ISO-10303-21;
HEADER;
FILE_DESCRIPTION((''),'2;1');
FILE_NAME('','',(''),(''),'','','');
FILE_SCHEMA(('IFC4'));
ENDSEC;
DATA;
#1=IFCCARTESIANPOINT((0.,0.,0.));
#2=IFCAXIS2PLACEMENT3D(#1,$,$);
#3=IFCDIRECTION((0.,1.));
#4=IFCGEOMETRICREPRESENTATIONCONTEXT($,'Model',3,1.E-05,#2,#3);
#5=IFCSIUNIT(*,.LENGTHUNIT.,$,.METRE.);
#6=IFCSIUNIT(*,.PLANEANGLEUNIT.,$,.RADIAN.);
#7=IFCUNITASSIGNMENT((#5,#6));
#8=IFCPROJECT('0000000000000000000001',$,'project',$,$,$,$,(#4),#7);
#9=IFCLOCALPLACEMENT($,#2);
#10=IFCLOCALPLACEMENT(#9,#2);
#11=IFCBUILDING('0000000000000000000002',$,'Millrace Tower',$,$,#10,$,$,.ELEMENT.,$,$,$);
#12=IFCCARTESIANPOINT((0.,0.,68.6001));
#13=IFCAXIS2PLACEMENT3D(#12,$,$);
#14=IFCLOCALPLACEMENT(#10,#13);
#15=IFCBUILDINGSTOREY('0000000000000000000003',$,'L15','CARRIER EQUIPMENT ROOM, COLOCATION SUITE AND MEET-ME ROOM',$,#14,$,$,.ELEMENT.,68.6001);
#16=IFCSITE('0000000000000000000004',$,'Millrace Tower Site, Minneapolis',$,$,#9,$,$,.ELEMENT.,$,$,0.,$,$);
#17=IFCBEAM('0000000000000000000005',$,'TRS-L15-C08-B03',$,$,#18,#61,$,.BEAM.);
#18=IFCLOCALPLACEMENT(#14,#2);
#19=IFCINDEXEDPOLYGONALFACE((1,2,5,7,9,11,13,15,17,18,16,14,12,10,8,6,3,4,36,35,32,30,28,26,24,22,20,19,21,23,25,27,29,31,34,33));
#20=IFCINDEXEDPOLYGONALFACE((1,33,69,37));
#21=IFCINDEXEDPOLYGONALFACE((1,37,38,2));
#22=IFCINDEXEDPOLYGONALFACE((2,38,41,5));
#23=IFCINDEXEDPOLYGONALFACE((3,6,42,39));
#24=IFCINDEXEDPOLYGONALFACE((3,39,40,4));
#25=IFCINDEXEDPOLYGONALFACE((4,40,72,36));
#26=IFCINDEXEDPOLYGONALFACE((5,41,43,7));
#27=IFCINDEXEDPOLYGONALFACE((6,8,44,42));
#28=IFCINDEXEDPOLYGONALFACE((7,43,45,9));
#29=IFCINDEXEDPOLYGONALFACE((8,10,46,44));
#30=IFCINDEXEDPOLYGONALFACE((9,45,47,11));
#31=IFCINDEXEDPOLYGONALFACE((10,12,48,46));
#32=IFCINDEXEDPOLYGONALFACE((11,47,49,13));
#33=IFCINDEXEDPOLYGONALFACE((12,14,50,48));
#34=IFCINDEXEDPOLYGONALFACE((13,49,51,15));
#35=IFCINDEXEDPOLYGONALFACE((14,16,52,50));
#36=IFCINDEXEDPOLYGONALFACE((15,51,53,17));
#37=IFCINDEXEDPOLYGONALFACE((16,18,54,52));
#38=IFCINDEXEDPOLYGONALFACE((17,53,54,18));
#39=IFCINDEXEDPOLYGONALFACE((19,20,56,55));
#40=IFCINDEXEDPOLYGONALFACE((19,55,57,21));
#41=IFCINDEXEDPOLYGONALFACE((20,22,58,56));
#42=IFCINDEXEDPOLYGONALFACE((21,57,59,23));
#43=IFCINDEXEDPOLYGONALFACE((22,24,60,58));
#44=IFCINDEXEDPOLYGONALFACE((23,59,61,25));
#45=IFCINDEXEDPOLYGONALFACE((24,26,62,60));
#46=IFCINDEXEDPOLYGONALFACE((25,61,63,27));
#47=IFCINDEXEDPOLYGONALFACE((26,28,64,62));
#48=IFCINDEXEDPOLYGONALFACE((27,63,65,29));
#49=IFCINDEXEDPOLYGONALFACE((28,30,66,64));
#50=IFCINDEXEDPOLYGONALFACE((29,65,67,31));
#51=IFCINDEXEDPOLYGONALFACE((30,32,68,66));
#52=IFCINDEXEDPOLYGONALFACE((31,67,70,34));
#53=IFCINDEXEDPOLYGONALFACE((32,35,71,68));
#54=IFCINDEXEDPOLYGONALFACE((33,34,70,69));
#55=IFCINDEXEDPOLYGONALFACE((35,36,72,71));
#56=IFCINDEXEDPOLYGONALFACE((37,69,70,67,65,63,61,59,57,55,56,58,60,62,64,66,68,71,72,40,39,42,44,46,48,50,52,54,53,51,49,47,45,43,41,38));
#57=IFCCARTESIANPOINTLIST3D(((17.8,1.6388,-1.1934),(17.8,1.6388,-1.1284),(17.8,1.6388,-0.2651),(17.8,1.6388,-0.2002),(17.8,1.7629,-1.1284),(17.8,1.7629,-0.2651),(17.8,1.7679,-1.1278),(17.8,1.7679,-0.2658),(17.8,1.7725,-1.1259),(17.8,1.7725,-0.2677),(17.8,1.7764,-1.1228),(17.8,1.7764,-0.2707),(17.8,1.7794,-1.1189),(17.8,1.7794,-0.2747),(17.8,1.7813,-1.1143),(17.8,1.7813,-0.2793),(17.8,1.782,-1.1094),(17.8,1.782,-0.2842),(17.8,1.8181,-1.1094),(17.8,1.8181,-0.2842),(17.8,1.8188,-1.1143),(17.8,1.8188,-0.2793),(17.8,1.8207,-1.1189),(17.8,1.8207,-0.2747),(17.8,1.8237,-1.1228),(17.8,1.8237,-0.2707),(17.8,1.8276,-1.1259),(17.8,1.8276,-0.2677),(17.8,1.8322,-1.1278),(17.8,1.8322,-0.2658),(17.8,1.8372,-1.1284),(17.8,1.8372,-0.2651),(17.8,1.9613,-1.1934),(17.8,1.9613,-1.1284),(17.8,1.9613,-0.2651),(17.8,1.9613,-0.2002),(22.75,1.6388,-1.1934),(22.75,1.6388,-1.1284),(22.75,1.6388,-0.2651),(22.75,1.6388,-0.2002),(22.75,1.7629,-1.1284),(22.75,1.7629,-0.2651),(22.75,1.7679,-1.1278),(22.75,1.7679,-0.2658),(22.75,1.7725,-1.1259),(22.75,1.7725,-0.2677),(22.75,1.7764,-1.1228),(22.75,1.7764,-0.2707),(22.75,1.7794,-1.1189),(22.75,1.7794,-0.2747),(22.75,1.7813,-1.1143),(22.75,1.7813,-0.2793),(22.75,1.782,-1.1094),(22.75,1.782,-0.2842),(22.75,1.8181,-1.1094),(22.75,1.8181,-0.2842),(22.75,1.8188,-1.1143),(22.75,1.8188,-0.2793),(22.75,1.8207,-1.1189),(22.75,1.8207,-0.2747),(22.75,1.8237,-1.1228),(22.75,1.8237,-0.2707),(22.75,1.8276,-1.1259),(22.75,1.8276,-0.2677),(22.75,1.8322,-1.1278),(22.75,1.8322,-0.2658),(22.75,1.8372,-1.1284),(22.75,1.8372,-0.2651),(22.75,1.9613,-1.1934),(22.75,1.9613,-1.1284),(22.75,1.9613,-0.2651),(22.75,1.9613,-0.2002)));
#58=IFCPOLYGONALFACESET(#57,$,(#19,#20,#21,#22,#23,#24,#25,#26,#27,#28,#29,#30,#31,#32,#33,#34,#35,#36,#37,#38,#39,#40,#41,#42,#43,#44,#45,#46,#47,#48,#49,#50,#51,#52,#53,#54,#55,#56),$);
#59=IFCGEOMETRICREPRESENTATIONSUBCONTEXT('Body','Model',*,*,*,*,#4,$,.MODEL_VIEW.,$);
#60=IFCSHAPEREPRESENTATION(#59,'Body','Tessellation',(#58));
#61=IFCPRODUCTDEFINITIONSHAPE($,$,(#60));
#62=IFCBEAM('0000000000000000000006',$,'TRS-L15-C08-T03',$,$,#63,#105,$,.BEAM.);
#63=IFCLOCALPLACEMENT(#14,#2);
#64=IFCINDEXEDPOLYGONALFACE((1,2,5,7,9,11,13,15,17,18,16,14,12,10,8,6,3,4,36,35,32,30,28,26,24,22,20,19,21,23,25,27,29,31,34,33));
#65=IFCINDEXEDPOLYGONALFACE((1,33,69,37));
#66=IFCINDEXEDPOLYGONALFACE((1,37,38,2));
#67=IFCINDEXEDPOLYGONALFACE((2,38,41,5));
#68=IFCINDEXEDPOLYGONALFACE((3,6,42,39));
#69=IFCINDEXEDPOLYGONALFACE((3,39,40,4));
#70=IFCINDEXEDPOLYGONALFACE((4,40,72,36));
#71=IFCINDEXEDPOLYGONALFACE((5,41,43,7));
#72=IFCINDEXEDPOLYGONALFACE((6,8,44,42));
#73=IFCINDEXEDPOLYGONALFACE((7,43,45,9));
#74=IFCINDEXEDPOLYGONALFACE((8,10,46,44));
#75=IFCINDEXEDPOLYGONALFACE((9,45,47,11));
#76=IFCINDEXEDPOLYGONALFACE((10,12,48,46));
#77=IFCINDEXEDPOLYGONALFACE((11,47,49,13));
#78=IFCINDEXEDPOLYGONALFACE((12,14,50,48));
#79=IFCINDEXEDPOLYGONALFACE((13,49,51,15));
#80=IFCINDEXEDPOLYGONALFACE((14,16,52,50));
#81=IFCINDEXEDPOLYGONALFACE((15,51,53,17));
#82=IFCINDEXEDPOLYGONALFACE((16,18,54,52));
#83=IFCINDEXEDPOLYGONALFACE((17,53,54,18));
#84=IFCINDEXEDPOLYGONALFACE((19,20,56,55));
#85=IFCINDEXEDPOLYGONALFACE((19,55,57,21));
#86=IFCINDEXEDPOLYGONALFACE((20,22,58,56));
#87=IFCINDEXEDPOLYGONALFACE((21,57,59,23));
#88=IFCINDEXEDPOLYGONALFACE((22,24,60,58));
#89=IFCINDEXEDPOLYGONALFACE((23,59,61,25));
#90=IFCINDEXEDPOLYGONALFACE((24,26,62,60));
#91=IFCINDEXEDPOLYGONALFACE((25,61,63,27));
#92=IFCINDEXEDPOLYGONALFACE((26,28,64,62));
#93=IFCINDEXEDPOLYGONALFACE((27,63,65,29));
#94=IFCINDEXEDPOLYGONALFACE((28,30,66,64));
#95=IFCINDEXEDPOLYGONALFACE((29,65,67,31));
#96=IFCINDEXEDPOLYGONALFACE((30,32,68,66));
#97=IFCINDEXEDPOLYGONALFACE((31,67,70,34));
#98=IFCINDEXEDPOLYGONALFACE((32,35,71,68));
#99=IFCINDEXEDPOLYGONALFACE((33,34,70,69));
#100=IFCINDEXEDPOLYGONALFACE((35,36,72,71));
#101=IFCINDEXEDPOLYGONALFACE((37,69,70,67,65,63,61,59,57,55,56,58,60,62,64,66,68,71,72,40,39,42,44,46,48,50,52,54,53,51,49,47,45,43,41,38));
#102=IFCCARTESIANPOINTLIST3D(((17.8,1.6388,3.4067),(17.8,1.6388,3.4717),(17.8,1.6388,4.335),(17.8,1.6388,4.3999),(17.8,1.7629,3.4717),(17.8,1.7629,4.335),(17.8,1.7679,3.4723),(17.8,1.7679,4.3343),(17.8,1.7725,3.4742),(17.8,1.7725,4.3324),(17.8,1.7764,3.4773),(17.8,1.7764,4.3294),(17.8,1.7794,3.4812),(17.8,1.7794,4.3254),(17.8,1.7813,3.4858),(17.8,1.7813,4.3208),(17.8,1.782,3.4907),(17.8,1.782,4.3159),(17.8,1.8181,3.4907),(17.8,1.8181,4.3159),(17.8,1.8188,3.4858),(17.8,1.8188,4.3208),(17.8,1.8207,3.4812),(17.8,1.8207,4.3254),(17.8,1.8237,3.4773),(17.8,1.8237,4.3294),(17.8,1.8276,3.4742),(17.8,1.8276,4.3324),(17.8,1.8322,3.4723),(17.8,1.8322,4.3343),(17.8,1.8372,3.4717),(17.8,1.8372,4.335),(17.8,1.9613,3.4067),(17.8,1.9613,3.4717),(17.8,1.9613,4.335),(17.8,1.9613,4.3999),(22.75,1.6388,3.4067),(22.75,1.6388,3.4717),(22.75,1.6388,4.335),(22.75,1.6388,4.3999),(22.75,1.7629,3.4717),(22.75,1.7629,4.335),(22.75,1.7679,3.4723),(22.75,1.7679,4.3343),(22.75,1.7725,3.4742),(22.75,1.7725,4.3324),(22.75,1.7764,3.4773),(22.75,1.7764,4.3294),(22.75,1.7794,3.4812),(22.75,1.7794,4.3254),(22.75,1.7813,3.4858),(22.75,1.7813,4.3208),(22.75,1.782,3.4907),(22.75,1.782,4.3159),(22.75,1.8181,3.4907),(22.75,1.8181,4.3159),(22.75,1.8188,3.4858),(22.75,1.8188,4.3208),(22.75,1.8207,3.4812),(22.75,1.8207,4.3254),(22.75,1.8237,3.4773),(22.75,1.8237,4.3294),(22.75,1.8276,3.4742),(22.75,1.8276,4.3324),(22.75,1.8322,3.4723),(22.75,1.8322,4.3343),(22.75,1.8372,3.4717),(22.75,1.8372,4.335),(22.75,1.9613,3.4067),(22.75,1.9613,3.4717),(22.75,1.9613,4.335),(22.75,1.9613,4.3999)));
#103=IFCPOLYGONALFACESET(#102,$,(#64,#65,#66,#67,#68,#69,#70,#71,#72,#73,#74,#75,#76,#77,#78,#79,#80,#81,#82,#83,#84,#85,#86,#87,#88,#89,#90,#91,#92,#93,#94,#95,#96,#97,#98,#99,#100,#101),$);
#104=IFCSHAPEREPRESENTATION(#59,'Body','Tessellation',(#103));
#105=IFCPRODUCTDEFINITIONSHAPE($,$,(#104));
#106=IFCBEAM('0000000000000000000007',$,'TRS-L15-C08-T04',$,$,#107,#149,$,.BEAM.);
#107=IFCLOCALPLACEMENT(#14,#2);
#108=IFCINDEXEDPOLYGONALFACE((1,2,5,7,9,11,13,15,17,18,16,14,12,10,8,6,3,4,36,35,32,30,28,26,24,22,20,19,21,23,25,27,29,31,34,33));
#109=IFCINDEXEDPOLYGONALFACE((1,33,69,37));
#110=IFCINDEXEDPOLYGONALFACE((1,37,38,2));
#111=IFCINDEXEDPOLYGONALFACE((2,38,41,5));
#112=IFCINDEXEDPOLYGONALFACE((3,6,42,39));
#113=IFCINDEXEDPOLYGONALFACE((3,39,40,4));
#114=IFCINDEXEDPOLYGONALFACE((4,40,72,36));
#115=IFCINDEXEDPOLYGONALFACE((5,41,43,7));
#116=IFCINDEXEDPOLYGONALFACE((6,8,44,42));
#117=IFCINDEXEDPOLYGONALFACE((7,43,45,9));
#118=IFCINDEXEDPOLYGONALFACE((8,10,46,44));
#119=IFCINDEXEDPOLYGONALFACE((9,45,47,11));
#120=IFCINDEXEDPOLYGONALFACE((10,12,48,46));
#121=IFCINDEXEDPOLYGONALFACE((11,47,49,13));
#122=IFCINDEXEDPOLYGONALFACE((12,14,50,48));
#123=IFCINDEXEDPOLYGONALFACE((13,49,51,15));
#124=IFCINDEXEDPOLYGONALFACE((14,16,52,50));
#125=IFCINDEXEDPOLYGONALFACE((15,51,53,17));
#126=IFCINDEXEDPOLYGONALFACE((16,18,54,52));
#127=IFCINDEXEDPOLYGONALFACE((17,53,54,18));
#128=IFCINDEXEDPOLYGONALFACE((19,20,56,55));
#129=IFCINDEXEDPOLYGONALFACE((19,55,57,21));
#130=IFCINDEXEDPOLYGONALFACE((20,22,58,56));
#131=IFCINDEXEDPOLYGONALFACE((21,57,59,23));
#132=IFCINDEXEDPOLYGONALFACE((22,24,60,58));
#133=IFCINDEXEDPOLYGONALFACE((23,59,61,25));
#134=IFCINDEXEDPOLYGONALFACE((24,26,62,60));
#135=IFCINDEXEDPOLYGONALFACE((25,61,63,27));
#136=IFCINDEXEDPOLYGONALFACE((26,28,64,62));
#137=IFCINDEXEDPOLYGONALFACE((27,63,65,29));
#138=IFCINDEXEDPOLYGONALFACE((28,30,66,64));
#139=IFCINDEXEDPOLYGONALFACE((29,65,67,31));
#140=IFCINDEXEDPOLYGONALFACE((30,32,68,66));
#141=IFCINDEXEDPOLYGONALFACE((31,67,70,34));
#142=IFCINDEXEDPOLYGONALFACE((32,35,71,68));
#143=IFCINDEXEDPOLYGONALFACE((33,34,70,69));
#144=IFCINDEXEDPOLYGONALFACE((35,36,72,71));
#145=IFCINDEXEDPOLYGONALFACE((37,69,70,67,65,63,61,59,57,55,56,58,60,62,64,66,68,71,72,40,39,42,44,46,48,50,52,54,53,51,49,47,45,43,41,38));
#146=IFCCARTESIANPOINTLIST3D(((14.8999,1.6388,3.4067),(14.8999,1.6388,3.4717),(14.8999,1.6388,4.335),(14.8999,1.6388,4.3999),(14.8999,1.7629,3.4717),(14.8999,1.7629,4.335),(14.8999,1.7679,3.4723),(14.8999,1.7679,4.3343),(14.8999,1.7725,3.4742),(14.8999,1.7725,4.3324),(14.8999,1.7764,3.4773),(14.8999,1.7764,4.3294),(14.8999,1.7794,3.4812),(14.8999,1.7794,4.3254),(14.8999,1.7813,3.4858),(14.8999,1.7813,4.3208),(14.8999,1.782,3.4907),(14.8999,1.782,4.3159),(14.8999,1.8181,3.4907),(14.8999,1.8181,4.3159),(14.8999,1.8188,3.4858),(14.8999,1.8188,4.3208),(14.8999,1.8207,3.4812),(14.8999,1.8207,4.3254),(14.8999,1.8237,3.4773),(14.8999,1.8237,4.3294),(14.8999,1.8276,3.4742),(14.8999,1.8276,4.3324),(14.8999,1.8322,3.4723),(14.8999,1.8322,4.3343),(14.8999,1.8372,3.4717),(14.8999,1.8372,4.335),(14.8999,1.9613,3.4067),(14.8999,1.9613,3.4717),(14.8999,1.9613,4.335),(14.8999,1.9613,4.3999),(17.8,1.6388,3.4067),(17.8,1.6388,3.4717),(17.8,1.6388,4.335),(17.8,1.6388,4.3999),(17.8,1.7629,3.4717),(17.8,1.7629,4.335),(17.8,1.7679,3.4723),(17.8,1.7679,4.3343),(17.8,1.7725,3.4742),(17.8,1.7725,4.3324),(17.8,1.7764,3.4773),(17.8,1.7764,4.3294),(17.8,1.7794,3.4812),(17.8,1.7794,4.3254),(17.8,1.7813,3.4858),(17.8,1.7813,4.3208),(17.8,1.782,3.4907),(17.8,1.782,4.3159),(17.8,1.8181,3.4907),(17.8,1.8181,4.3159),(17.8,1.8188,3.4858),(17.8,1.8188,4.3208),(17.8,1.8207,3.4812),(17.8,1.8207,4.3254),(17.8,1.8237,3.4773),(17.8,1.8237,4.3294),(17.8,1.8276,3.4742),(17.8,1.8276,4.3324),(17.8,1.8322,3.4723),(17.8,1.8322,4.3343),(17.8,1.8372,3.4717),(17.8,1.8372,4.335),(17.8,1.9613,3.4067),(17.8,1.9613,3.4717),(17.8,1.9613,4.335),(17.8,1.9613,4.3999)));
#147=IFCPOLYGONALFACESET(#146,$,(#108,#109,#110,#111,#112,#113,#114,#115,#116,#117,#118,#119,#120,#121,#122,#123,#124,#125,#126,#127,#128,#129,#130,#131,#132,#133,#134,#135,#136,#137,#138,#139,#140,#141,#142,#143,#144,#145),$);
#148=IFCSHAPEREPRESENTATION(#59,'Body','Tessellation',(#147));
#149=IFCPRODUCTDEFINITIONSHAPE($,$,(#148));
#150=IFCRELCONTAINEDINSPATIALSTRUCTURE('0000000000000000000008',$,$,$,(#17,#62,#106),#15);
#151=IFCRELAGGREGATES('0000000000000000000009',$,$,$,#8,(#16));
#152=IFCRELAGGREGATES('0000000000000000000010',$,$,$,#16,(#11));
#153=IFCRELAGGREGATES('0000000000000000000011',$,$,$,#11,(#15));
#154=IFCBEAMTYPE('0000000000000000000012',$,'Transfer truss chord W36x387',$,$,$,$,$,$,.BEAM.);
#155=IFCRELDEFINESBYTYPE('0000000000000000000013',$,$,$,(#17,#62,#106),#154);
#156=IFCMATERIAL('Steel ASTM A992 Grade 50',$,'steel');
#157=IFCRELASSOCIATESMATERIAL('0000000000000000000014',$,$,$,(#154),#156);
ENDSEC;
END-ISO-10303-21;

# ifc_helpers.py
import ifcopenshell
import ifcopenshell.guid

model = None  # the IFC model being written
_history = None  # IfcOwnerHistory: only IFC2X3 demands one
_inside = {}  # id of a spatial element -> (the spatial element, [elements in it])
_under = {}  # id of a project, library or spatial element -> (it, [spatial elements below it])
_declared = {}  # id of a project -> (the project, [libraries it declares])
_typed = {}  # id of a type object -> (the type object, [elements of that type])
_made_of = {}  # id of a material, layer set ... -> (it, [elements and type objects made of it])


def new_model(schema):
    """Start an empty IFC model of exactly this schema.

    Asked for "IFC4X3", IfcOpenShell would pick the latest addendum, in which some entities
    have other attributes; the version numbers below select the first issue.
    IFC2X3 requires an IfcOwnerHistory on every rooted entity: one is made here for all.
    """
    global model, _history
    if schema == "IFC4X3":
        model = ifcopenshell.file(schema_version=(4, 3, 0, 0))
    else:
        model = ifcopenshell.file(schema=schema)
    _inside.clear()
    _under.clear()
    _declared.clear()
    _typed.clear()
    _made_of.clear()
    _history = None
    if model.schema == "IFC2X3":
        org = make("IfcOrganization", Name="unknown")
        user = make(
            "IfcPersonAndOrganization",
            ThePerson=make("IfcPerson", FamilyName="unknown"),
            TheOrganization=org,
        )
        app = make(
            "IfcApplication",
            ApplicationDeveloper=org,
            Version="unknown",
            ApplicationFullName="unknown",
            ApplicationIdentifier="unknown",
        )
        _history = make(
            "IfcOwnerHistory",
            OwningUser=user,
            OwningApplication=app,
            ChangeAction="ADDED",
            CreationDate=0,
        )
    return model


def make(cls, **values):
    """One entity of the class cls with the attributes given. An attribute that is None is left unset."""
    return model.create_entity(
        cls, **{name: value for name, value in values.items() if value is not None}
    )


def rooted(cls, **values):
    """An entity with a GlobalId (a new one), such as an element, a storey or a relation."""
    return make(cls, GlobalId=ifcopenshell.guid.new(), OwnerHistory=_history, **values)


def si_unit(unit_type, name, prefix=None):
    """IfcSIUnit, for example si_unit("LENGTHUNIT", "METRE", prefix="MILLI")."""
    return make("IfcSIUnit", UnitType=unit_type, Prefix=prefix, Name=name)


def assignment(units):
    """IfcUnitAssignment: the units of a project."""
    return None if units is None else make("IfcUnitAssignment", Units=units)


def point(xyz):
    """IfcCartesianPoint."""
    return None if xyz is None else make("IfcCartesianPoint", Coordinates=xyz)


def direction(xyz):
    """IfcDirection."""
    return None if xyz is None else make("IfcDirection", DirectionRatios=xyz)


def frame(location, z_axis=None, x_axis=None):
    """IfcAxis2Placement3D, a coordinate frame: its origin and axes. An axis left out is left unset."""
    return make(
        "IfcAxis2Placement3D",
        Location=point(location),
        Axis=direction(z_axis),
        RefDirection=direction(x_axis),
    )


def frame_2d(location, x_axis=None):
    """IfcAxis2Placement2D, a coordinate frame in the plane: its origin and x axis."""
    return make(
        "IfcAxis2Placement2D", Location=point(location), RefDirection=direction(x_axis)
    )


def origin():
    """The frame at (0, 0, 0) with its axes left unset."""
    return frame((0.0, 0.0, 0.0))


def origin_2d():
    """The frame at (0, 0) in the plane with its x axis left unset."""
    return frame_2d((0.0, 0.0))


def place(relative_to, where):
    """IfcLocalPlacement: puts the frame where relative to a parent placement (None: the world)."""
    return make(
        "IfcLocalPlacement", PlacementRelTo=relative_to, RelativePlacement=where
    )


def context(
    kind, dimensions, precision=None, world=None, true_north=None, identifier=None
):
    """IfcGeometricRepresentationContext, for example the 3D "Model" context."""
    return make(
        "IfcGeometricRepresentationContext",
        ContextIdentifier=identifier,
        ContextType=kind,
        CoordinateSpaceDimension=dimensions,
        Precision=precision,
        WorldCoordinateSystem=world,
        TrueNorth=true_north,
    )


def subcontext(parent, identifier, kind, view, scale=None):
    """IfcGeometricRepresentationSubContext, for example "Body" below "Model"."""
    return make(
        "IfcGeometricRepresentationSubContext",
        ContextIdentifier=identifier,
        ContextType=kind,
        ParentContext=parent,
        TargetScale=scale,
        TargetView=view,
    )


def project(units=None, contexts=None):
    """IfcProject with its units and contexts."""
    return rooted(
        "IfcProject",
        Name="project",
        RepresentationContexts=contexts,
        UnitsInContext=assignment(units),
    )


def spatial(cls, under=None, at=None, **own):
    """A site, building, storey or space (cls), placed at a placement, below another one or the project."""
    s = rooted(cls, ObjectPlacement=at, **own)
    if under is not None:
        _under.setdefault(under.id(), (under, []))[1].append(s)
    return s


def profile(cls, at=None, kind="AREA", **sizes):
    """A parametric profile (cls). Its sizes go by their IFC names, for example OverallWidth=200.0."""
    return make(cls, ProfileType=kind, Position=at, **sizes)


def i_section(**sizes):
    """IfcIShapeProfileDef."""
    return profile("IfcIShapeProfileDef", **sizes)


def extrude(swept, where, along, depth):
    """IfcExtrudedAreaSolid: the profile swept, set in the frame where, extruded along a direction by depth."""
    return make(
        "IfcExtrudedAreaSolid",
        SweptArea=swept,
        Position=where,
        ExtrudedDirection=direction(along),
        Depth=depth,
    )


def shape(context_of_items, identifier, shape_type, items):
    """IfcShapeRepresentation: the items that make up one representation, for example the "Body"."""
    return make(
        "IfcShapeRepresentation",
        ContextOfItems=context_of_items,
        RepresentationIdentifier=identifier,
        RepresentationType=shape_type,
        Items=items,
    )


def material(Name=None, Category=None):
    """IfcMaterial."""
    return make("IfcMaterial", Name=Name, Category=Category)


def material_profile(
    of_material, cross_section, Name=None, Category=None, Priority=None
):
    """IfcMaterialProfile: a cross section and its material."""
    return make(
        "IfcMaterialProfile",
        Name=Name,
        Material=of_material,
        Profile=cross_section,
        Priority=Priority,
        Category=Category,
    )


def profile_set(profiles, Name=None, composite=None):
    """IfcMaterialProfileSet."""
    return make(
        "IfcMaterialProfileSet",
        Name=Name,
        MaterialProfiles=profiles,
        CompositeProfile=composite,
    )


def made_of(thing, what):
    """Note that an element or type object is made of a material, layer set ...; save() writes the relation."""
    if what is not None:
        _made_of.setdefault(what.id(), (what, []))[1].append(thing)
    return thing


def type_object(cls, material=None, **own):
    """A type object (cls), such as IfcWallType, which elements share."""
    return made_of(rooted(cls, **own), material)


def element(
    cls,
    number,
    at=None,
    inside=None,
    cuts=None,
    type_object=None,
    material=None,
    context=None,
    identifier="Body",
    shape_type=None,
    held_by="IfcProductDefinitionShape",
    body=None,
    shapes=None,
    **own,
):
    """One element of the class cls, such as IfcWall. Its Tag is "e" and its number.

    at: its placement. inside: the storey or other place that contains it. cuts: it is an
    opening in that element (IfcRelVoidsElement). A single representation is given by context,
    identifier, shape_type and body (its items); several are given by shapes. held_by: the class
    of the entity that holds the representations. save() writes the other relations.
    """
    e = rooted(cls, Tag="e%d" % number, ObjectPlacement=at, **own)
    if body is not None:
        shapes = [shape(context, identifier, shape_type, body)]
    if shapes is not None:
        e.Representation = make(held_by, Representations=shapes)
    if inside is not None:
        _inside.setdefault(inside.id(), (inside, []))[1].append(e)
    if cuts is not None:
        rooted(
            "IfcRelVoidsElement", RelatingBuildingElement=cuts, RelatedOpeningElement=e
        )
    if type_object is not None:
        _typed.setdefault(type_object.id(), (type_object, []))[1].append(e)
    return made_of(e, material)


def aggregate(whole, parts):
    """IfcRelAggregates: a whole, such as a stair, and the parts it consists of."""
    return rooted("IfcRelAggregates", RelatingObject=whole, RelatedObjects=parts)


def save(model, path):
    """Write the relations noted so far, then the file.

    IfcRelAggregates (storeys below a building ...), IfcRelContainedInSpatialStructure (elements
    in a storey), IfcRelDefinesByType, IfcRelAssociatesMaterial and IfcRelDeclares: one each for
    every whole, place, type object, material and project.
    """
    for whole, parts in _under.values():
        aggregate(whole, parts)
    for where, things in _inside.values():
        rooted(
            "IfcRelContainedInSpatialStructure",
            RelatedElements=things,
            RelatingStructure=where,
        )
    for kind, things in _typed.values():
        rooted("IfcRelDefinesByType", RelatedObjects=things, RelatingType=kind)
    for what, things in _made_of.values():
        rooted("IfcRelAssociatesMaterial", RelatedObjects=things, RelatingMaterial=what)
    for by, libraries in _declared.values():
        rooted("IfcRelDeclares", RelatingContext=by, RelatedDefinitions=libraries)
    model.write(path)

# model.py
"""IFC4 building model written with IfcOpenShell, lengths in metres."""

from ifc_helpers import new_model, si_unit, direction, frame, origin, origin_2d, place, context, subcontext, project, spatial, i_section, extrude, material, material_profile, profile_set, type_object, element, save


model = new_model("IFC4")

# Units and contexts
model_context = context("Model", 3, precision=1e-05, world=origin(), true_north=direction((0.0, 1.0)))
body_context = subcontext(model_context, "Body", "Model", "MODEL_VIEW")
ifc_project = project(units=[si_unit("LENGTHUNIT", "METRE"), si_unit("PLANEANGLEUNIT", "RADIAN")], contexts=[model_context])

# Site, building, storey
site_placement = place(None, origin())
site = spatial("IfcSite", under=ifc_project, at=site_placement, Name="Millrace Tower Site, Minneapolis", CompositionType="ELEMENT", RefElevation=0.0)
building_placement = place(site_placement, origin())
building = spatial("IfcBuilding", under=site, at=building_placement, Name="Millrace Tower", CompositionType="ELEMENT")
storey_placement = place(building_placement, frame((0.0, 0.0, 68.6001)))
storey = spatial("IfcBuildingStorey", under=building, at=storey_placement, Name="L15", Description="CARRIER EQUIPMENT ROOM, COLOCATION SUITE AND MEET-ME ROOM", CompositionType="ELEMENT", Elevation=68.6001)

# Beams
ifc_material_1 = material(Name="Steel ASTM A992 Grade 50", Category="steel")
ifc_material_profile_1 = material_profile(ifc_material_1, i_section(OverallWidth=0.3225, OverallDepth=0.9932, WebThickness=0.0361, FlangeThickness=0.0649, FilletRadius=0.019, at=origin_2d()))
ifc_profile_set_1 = profile_set([ifc_material_profile_1], Name="Steel ASTM A992 Grade 50")
beam_type_1 = type_object("IfcBeamType", Name="Transfer truss chord W36x387", PredefinedType="BEAM", material=ifc_profile_set_1)
for number, where, z_axis, x_axis, name in (
    (1, (22.75, 1.8, -0.6968), (-1.0, 0.0, 0.0), (0.0, -1.0, 0.0), "TRS-L15-C08-B03"),
    (2, (22.75, 1.8, 3.9033), (-1.0, 0.0, 0.0), (0.0, -1.0, 0.0), "TRS-L15-C08-T03"),
):
    element("IfcBeam", number, at=place(storey_placement, frame(where, z_axis=z_axis, x_axis=x_axis)), inside=storey, type_object=beam_type_1, Name=name, PredefinedType="BEAM", context=body_context, shape_type="SweptSolid", body=[
        extrude(i_section(OverallWidth=0.3225, OverallDepth=0.9932, WebThickness=0.0361, FlangeThickness=0.0649, FilletRadius=0.019, at=origin_2d()), origin(), (0.0, 0.0, 1.0), 4.95),
    ])
beam_1_placement = place(storey_placement, frame((17.8, 1.8, 3.9033), z_axis=(-1.0, 0.0, 0.0), x_axis=(0.0, -1.0, 0.0)))
element("IfcBeam", 3, at=beam_1_placement, inside=storey, type_object=beam_type_1, Name="TRS-L15-C08-T04", PredefinedType="BEAM", context=body_context, shape_type="SweptSolid", body=[
    extrude(i_section(OverallWidth=0.3225, OverallDepth=0.9932, WebThickness=0.0361, FlangeThickness=0.0649, FilletRadius=0.019, at=origin_2d()), origin(), (0.0, 0.0, 1.0), 2.9001),
])

save(model, "model.ifc")
